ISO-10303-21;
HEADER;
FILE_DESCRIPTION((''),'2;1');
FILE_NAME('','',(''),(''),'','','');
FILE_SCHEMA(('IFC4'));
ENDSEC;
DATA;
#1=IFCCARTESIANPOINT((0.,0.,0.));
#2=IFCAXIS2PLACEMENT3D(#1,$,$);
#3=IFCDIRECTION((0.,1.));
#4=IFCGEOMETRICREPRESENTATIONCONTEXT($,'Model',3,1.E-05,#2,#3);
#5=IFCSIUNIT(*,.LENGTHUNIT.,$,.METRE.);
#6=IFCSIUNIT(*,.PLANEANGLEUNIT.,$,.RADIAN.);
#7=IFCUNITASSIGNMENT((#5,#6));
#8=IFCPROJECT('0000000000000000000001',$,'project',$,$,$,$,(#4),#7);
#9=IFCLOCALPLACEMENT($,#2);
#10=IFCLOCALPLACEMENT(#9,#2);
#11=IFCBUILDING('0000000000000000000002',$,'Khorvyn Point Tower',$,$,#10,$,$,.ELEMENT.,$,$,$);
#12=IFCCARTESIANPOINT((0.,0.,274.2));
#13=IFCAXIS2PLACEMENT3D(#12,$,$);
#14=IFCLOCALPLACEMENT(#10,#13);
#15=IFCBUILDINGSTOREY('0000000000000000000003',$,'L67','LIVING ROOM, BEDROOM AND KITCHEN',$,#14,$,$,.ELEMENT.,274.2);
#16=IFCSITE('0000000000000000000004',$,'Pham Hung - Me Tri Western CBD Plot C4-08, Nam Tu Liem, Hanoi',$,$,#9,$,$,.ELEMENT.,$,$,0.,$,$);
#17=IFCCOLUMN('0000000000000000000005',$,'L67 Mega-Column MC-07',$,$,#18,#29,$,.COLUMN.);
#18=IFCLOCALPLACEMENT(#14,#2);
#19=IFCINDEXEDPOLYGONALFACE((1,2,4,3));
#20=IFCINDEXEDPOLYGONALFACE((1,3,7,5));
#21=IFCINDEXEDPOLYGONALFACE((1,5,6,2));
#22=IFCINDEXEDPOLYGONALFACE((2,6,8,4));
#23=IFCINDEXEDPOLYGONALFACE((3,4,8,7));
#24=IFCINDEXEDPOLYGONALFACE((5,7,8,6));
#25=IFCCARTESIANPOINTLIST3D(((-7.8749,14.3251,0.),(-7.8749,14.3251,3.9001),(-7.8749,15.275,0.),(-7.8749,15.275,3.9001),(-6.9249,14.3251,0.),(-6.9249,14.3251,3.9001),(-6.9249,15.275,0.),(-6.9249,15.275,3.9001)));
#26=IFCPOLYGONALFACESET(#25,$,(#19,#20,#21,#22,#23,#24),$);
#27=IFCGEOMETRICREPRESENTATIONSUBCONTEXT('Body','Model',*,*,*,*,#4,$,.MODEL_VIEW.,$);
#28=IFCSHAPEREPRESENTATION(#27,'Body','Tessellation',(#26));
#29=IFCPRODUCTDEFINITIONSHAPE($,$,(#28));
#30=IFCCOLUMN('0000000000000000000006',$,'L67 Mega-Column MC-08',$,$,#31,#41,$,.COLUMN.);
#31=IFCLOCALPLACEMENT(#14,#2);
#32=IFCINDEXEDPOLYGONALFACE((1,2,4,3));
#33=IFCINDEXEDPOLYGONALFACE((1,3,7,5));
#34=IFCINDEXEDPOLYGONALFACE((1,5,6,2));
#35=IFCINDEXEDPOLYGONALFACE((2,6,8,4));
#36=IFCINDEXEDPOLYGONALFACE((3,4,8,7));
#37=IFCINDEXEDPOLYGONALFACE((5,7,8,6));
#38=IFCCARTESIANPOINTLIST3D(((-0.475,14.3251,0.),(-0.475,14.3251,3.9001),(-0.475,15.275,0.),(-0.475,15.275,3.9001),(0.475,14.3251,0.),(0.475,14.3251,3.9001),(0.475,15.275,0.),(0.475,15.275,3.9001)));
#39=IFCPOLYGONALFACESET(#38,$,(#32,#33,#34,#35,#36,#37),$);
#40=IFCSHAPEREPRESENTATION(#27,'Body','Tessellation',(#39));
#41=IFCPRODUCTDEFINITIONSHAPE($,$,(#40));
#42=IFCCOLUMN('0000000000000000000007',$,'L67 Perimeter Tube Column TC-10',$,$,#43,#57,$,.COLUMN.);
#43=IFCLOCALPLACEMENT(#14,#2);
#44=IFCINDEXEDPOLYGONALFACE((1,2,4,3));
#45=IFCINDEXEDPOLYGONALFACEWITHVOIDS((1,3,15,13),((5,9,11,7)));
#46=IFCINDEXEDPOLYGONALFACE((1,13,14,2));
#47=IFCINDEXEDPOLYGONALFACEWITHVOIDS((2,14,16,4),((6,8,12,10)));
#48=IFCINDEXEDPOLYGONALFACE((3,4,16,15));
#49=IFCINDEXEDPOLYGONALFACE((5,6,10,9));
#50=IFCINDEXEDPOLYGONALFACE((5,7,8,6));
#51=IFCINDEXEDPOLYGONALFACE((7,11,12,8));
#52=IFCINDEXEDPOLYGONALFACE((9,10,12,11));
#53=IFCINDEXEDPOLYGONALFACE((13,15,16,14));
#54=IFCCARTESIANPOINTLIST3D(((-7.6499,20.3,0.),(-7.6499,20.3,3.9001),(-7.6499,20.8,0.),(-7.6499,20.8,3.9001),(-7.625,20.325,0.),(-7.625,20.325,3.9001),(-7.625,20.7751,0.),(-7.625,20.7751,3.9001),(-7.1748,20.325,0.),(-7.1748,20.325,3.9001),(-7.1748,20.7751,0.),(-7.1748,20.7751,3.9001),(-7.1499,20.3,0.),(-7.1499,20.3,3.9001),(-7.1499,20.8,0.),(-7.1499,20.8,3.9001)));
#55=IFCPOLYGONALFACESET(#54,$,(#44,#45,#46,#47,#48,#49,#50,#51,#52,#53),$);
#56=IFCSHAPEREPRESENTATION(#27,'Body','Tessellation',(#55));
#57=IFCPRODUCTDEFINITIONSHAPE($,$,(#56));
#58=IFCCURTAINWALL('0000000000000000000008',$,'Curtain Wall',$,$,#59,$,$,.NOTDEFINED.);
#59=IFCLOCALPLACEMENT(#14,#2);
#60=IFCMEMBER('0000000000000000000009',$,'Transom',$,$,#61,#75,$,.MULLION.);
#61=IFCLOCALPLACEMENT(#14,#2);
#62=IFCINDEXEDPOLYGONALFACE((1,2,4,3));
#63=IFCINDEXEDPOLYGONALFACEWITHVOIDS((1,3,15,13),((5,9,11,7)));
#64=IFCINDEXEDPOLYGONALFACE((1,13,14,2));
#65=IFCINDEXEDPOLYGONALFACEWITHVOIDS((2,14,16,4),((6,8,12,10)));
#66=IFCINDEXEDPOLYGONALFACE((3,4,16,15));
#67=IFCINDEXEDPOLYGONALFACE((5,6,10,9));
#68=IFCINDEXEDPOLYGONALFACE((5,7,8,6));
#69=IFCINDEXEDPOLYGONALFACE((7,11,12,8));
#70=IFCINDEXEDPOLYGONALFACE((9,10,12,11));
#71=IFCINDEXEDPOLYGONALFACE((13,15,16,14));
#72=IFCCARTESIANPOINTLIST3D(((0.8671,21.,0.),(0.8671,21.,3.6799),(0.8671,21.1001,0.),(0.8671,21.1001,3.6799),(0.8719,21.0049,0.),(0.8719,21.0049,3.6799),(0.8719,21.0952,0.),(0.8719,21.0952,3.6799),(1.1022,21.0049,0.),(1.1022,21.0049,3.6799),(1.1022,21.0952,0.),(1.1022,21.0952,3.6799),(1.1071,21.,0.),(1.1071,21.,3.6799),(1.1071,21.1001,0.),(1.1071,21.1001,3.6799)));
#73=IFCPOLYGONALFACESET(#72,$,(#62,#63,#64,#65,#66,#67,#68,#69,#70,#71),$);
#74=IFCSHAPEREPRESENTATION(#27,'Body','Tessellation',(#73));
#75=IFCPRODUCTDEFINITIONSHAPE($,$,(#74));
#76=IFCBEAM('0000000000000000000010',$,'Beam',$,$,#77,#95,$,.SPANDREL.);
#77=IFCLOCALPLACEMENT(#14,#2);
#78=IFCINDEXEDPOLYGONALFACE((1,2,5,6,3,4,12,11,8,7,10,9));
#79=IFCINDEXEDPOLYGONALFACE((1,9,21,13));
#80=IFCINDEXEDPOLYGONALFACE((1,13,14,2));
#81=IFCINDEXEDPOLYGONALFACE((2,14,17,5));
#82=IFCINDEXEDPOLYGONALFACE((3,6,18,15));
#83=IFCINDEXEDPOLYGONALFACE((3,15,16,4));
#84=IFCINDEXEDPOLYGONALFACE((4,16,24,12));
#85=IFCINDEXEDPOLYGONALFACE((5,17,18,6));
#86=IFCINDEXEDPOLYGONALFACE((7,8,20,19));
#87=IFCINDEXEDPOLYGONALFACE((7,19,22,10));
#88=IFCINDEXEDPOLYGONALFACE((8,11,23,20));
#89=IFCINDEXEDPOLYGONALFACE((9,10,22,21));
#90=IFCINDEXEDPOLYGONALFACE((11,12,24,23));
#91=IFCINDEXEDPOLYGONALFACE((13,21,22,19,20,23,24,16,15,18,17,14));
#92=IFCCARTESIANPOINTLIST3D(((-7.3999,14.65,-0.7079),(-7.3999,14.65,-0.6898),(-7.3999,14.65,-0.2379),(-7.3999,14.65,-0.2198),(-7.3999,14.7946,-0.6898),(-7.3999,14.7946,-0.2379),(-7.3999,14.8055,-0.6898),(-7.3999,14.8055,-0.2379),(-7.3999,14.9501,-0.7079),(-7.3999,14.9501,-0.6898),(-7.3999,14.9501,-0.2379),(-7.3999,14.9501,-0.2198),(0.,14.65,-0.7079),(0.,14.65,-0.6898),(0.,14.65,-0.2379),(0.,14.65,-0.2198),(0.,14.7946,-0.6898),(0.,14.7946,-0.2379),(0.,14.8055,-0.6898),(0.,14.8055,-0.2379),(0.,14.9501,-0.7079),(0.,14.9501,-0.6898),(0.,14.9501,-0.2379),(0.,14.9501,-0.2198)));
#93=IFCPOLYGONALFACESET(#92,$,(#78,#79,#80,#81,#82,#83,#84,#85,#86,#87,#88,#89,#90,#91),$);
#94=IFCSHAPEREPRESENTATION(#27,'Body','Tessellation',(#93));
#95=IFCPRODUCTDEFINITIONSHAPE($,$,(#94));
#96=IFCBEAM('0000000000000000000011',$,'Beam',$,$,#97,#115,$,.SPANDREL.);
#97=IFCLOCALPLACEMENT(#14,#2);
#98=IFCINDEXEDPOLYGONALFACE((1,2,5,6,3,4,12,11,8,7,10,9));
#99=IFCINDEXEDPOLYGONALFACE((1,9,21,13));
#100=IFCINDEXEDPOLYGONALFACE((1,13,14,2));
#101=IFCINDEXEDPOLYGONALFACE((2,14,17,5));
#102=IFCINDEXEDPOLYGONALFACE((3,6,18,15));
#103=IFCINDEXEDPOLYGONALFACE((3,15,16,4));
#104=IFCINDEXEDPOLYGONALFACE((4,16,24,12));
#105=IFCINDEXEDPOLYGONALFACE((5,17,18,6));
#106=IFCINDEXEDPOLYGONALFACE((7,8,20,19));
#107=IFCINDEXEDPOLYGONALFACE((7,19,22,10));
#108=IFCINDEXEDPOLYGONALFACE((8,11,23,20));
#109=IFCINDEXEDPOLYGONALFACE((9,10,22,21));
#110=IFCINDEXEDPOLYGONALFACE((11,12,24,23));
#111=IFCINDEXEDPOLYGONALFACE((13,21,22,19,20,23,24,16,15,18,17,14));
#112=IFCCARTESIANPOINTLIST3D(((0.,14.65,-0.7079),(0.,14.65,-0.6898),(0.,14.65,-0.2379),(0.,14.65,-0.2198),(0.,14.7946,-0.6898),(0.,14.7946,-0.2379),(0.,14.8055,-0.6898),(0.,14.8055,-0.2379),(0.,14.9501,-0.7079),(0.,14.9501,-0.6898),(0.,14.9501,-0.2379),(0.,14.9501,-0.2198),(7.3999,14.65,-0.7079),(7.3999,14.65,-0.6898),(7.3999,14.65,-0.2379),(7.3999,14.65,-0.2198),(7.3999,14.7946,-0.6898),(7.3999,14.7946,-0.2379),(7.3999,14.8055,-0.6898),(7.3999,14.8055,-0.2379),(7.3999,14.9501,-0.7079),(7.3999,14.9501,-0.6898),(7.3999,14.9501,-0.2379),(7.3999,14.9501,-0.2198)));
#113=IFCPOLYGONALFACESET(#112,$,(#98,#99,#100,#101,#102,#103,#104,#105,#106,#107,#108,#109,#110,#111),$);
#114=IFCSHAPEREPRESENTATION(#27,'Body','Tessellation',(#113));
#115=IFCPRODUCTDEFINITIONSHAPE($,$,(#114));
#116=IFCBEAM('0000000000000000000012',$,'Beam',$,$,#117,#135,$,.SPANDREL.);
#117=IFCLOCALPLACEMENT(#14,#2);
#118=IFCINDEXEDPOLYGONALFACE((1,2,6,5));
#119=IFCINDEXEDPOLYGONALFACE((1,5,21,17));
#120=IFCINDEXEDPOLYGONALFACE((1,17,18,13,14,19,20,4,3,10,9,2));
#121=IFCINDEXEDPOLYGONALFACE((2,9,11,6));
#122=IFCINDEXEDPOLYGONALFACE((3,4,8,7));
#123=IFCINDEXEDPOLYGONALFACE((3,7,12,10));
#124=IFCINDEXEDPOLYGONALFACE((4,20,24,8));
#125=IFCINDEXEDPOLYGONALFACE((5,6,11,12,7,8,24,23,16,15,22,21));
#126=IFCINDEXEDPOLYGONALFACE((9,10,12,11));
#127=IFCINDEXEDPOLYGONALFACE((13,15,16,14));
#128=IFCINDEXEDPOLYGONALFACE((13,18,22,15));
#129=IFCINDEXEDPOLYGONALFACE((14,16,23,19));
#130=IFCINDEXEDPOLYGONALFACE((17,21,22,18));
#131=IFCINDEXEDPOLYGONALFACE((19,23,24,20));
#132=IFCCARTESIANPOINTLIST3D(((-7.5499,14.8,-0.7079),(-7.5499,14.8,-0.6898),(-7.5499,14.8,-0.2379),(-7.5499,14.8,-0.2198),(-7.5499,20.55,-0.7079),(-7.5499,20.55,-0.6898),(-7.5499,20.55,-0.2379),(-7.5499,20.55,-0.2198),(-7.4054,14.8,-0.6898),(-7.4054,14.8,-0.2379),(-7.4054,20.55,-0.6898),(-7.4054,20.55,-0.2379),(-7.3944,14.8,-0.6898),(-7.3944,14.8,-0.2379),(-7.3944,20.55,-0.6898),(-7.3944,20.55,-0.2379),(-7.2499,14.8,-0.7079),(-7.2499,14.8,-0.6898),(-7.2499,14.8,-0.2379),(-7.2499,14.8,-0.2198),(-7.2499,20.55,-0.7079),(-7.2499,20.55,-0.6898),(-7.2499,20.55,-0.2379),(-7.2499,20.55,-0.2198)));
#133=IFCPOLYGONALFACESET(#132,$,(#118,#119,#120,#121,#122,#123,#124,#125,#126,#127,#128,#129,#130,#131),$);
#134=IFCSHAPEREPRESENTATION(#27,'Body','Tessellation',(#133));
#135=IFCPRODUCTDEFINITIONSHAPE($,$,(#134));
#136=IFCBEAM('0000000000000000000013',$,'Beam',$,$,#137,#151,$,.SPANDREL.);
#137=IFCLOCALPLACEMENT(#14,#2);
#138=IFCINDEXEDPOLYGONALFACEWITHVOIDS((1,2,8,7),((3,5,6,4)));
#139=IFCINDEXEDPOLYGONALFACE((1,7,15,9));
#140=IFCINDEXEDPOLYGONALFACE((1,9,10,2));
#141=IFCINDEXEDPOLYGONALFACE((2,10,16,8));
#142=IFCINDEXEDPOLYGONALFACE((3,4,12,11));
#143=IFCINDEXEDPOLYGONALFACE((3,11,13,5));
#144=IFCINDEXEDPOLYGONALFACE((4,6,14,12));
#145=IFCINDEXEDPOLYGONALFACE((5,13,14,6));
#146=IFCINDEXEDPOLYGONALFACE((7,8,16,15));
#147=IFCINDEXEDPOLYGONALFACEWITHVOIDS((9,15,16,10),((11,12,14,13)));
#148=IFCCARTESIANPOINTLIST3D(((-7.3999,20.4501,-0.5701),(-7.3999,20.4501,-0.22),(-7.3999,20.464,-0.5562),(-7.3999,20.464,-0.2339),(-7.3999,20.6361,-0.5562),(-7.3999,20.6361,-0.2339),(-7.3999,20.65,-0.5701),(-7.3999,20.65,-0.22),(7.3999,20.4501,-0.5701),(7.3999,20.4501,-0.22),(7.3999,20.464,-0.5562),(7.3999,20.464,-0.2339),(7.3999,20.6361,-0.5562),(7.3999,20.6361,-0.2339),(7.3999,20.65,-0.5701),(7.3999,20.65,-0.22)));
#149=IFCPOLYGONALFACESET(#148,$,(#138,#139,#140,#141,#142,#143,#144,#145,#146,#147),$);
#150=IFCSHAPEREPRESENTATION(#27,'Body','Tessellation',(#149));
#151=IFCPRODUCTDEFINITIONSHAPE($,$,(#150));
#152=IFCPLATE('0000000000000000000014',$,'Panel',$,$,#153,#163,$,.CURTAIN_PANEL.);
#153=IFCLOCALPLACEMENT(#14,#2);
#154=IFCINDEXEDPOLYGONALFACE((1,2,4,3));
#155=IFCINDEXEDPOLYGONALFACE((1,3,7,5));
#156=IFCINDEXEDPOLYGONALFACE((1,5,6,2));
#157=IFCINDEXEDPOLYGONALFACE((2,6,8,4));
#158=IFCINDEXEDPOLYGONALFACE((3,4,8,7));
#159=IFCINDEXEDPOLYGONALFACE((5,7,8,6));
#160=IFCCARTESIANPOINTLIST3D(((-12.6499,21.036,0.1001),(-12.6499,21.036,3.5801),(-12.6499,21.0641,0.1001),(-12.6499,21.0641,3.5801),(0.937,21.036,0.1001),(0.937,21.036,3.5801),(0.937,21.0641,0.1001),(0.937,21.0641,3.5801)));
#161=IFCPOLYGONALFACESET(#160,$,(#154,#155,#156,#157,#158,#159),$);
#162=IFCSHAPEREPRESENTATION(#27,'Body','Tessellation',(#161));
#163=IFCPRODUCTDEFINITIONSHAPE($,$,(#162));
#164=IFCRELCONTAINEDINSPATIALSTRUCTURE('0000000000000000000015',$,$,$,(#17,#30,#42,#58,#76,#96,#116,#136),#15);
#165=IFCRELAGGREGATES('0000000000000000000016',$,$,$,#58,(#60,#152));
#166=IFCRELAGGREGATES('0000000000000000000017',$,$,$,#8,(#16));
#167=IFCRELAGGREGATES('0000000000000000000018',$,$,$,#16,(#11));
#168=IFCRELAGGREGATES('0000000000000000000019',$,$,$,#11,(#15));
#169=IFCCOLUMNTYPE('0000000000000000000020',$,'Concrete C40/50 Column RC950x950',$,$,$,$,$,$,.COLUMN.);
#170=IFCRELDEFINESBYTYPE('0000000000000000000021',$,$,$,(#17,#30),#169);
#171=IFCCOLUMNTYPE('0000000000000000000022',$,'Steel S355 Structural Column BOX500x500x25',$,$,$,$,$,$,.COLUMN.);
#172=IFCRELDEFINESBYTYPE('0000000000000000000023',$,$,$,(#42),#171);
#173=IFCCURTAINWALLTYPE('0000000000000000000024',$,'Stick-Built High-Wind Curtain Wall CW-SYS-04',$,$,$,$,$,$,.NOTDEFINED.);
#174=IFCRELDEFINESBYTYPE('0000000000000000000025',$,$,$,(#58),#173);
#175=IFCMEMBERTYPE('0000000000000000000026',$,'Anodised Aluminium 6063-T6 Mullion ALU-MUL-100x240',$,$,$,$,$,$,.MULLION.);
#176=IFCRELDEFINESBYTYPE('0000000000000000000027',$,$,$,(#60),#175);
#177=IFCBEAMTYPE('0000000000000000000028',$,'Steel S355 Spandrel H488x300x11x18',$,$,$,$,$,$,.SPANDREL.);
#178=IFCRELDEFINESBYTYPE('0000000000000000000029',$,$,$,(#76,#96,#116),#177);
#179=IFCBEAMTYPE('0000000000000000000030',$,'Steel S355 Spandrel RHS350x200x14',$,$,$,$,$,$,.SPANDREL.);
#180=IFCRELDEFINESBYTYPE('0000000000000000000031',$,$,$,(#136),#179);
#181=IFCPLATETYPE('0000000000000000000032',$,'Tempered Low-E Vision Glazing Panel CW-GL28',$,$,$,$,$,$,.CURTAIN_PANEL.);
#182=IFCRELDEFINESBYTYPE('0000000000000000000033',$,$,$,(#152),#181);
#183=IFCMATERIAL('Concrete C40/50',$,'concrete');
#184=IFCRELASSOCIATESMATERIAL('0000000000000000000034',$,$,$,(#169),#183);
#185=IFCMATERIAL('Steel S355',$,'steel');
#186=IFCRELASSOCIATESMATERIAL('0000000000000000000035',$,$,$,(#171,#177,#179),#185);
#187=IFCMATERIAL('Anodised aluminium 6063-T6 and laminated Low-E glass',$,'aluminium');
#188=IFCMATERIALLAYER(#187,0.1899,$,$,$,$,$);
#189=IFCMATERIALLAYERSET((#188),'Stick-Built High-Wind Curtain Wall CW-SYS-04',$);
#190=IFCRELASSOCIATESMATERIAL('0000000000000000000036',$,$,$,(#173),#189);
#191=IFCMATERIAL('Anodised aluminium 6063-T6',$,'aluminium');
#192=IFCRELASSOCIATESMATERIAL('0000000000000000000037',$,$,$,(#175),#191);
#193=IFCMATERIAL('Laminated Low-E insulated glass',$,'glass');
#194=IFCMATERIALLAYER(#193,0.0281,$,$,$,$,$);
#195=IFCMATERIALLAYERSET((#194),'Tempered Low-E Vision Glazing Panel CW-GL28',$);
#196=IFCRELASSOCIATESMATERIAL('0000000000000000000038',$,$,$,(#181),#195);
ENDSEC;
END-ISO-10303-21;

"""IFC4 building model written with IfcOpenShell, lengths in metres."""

from ifc_helpers import new_model, si_unit, direction, frame, origin, origin_2d, place, context, subcontext, project, spatial, rectangle, hollow_rectangle, i_section, extrude, material, layer, layer_set, material_profile, profile_set, type_object, element, aggregate, save


model = new_model("IFC4")

# Units and contexts
model_context = context("Model", 3, precision=1e-05, world=origin(), true_north=direction((0.0, 1.0)))
body_context = subcontext(model_context, "Body", "Model", "MODEL_VIEW")
ifc_project = project(units=[si_unit("LENGTHUNIT", "METRE"), si_unit("PLANEANGLEUNIT", "RADIAN")], contexts=[model_context])

# Site, building, storey
site_placement = place(None, origin())
site = spatial("IfcSite", under=ifc_project, at=site_placement, Name="Pham Hung - Me Tri Western CBD Plot C4-08, Nam Tu Liem, Hanoi", CompositionType="ELEMENT", RefElevation=0.0)
building_placement = place(site_placement, origin())
building = spatial("IfcBuilding", under=site, at=building_placement, Name="Khorvyn Point Tower", CompositionType="ELEMENT")
storey_placement = place(building_placement, frame((0.0, 0.0, 274.2)))
storey = spatial("IfcBuildingStorey", under=building, at=storey_placement, Name="L67", Description="LIVING ROOM, BEDROOM AND KITCHEN", CompositionType="ELEMENT", Elevation=274.2)

# Columns
ifc_material_1 = material(Name="Concrete C40/50", Category="concrete")
ifc_material_profile_1 = material_profile(ifc_material_1, rectangle(XDim=0.95, YDim=0.95, at=origin_2d()))
ifc_profile_set_1 = profile_set([ifc_material_profile_1], Name="Concrete C40/50 RC950x950")
column_type_1 = type_object("IfcColumnType", Name="Concrete C40/50 Column RC950x950", PredefinedType="COLUMN", material=ifc_profile_set_1)
for number, where, z_axis, x_axis, name in (
    (1, (-7.3999, 14.8, 0.0), (0.0, 0.0, 1.0), (1.0, 0.0, 0.0), "L67 Mega-Column MC-07"),
    (2, (0.0, 14.8, 0.0), (0.0, 0.0, 1.0), (1.0, 0.0, 0.0), "L67 Mega-Column MC-08"),
):
    element("IfcColumn", number, at=place(storey_placement, frame(where, z_axis=z_axis, x_axis=x_axis)), inside=storey, type_object=column_type_1, Name=name, PredefinedType="COLUMN", context=body_context, shape_type="SweptSolid", body=[
        extrude(rectangle(XDim=0.95, YDim=0.95, at=origin_2d()), origin(), (0.0, 0.0, 1.0), 3.9001),
    ])
ifc_material_2 = material(Name="Steel S355", Category="steel")
ifc_material_profile_2 = material_profile(ifc_material_2, hollow_rectangle(XDim=0.5, YDim=0.5, WallThickness=0.0249, at=origin_2d()))
ifc_profile_set_2 = profile_set([ifc_material_profile_2], Name="Steel S355 BOX500x500x25")
column_type_2 = type_object("IfcColumnType", Name="Steel S355 Structural Column BOX500x500x25", PredefinedType="COLUMN", material=ifc_profile_set_2)
column_placement = place(storey_placement, frame((-7.3999, 20.55, 0.0), z_axis=(0.0, 0.0, 1.0), x_axis=(1.0, 0.0, 0.0)))
element("IfcColumn", 3, at=column_placement, inside=storey, type_object=column_type_2, Name="L67 Perimeter Tube Column TC-10", PredefinedType="COLUMN", context=body_context, shape_type="SweptSolid", body=[
    extrude(hollow_rectangle(XDim=0.5, YDim=0.5, WallThickness=0.0249, at=origin_2d()), origin(), (0.0, 0.0, 1.0), 3.9001),
])

# Curtain wall, member
ifc_material_3 = material(Name="Anodised aluminium 6063-T6 and laminated Low-E glass", Category="aluminium")
ifc_layer_1 = layer(ifc_material_3, 0.1899)
ifc_layer_set_1 = layer_set([ifc_layer_1], Name="Stick-Built High-Wind Curtain Wall CW-SYS-04")
curtain_wall_type = type_object("IfcCurtainWallType", Name="Stick-Built High-Wind Curtain Wall CW-SYS-04", PredefinedType="NOTDEFINED", material=ifc_layer_set_1)
curtain_wall_placement = place(storey_placement, origin())
curtain_wall = element("IfcCurtainWall", 4, at=curtain_wall_placement, inside=storey, type_object=curtain_wall_type, Name="Curtain Wall", PredefinedType="NOTDEFINED")
ifc_material_4 = material(Name="Anodised aluminium 6063-T6", Category="aluminium")
ifc_material_profile_3 = material_profile(ifc_material_4, hollow_rectangle(XDim=0.1001, YDim=0.24, WallThickness=0.0049, at=origin_2d()))
ifc_profile_set_3 = profile_set([ifc_material_profile_3], Name="Anodised aluminium 6063-T6 ALU-MUL-100x240")
member_type = type_object("IfcMemberType", Name="Anodised Aluminium 6063-T6 Mullion ALU-MUL-100x240", PredefinedType="MULLION", material=ifc_profile_set_3)
member_placement = place(storey_placement, frame((0.9871, 21.05, 0.0), z_axis=(0.0, 0.0, 1.0), x_axis=(0.0, 1.0, 0.0)))
member = element("IfcMember", 5, at=member_placement, type_object=member_type, Name="Transom", PredefinedType="MULLION", context=body_context, shape_type="SweptSolid", body=[
    extrude(hollow_rectangle(XDim=0.1001, YDim=0.24, WallThickness=0.0049, at=origin_2d()), origin(), (0.0, 0.0, 1.0), 3.6799),
])

# Beams
ifc_material_profile_4 = material_profile(ifc_material_2, i_section(OverallWidth=0.3, OverallDepth=0.488, WebThickness=0.011, FlangeThickness=0.0181, at=origin_2d()))
ifc_profile_set_4 = profile_set([ifc_material_profile_4], Name="Steel S355 H488x300x11x18")
beam_type_1 = type_object("IfcBeamType", Name="Steel S355 Spandrel H488x300x11x18", PredefinedType="SPANDREL", material=ifc_profile_set_4)
for number, where, z_axis, x_axis, name in (
    (6, (-7.3999, 14.8, -0.4639), (1.0, 0.0, 0.0), (0.0, 1.0, 0.0), "Beam"),
    (7, (0.0, 14.8, -0.4639), (1.0, 0.0, 0.0), (0.0, 1.0, 0.0), "Beam"),
):
    element("IfcBeam", number, at=place(storey_placement, frame(where, z_axis=z_axis, x_axis=x_axis)), inside=storey, type_object=beam_type_1, Name=name, PredefinedType="SPANDREL", context=body_context, shape_type="SweptSolid", body=[
        extrude(i_section(OverallWidth=0.3, OverallDepth=0.488, WebThickness=0.011, FlangeThickness=0.0181, at=origin_2d()), origin(), (0.0, 0.0, 1.0), 7.3999),
    ])
beam_1_placement = place(storey_placement, frame((-7.3999, 14.8, -0.4639), z_axis=(0.0, 1.0, 0.0), x_axis=(-1.0, 0.0, 0.0)))
element("IfcBeam", 8, at=beam_1_placement, inside=storey, type_object=beam_type_1, Name="Beam", PredefinedType="SPANDREL", context=body_context, shape_type="SweptSolid", body=[
    extrude(i_section(OverallWidth=0.3, OverallDepth=0.488, WebThickness=0.011, FlangeThickness=0.0181, at=origin_2d()), origin(), (0.0, 0.0, 1.0), 5.75),
])
ifc_material_profile_5 = material_profile(ifc_material_2, hollow_rectangle(XDim=0.2, YDim=0.3501, WallThickness=0.0139, at=origin_2d()))
ifc_profile_set_5 = profile_set([ifc_material_profile_5], Name="Steel S355 RHS350x200x14")
beam_type_2 = type_object("IfcBeamType", Name="Steel S355 Spandrel RHS350x200x14", PredefinedType="SPANDREL", material=ifc_profile_set_5)
beam_2_placement = place(storey_placement, frame((-7.3999, 20.55, -0.395), z_axis=(1.0, 0.0, 0.0), x_axis=(0.0, 1.0, 0.0)))
element("IfcBeam", 9, at=beam_2_placement, inside=storey, type_object=beam_type_2, Name="Beam", PredefinedType="SPANDREL", context=body_context, shape_type="SweptSolid", body=[
    extrude(hollow_rectangle(XDim=0.2, YDim=0.3501, WallThickness=0.0139, at=origin_2d()), origin(), (0.0, 0.0, 1.0), 14.7998),
])

# Plate
ifc_material_5 = material(Name="Laminated Low-E insulated glass", Category="glass")
ifc_layer_2 = layer(ifc_material_5, 0.0281)
ifc_layer_set_2 = layer_set([ifc_layer_2], Name="Tempered Low-E Vision Glazing Panel CW-GL28")
plate_type = type_object("IfcPlateType", Name="Tempered Low-E Vision Glazing Panel CW-GL28", PredefinedType="CURTAIN_PANEL", material=ifc_layer_set_2)
plate_placement = place(storey_placement, frame((-5.8564, 21.05, 0.1001), z_axis=(0.0, 0.0, 1.0), x_axis=(1.0, 0.0, 0.0)))
plate = element("IfcPlate", 10, at=plate_placement, type_object=plate_type, Name="Panel", PredefinedType="CURTAIN_PANEL", context=body_context, shape_type="SweptSolid", body=[
    extrude(rectangle(XDim=13.5869, YDim=0.0281, at=origin_2d()), origin(), (0.0, 0.0, 1.0), 3.48),
])
aggregate(curtain_wall, [member, plate])

save(model, "model.ifc")
